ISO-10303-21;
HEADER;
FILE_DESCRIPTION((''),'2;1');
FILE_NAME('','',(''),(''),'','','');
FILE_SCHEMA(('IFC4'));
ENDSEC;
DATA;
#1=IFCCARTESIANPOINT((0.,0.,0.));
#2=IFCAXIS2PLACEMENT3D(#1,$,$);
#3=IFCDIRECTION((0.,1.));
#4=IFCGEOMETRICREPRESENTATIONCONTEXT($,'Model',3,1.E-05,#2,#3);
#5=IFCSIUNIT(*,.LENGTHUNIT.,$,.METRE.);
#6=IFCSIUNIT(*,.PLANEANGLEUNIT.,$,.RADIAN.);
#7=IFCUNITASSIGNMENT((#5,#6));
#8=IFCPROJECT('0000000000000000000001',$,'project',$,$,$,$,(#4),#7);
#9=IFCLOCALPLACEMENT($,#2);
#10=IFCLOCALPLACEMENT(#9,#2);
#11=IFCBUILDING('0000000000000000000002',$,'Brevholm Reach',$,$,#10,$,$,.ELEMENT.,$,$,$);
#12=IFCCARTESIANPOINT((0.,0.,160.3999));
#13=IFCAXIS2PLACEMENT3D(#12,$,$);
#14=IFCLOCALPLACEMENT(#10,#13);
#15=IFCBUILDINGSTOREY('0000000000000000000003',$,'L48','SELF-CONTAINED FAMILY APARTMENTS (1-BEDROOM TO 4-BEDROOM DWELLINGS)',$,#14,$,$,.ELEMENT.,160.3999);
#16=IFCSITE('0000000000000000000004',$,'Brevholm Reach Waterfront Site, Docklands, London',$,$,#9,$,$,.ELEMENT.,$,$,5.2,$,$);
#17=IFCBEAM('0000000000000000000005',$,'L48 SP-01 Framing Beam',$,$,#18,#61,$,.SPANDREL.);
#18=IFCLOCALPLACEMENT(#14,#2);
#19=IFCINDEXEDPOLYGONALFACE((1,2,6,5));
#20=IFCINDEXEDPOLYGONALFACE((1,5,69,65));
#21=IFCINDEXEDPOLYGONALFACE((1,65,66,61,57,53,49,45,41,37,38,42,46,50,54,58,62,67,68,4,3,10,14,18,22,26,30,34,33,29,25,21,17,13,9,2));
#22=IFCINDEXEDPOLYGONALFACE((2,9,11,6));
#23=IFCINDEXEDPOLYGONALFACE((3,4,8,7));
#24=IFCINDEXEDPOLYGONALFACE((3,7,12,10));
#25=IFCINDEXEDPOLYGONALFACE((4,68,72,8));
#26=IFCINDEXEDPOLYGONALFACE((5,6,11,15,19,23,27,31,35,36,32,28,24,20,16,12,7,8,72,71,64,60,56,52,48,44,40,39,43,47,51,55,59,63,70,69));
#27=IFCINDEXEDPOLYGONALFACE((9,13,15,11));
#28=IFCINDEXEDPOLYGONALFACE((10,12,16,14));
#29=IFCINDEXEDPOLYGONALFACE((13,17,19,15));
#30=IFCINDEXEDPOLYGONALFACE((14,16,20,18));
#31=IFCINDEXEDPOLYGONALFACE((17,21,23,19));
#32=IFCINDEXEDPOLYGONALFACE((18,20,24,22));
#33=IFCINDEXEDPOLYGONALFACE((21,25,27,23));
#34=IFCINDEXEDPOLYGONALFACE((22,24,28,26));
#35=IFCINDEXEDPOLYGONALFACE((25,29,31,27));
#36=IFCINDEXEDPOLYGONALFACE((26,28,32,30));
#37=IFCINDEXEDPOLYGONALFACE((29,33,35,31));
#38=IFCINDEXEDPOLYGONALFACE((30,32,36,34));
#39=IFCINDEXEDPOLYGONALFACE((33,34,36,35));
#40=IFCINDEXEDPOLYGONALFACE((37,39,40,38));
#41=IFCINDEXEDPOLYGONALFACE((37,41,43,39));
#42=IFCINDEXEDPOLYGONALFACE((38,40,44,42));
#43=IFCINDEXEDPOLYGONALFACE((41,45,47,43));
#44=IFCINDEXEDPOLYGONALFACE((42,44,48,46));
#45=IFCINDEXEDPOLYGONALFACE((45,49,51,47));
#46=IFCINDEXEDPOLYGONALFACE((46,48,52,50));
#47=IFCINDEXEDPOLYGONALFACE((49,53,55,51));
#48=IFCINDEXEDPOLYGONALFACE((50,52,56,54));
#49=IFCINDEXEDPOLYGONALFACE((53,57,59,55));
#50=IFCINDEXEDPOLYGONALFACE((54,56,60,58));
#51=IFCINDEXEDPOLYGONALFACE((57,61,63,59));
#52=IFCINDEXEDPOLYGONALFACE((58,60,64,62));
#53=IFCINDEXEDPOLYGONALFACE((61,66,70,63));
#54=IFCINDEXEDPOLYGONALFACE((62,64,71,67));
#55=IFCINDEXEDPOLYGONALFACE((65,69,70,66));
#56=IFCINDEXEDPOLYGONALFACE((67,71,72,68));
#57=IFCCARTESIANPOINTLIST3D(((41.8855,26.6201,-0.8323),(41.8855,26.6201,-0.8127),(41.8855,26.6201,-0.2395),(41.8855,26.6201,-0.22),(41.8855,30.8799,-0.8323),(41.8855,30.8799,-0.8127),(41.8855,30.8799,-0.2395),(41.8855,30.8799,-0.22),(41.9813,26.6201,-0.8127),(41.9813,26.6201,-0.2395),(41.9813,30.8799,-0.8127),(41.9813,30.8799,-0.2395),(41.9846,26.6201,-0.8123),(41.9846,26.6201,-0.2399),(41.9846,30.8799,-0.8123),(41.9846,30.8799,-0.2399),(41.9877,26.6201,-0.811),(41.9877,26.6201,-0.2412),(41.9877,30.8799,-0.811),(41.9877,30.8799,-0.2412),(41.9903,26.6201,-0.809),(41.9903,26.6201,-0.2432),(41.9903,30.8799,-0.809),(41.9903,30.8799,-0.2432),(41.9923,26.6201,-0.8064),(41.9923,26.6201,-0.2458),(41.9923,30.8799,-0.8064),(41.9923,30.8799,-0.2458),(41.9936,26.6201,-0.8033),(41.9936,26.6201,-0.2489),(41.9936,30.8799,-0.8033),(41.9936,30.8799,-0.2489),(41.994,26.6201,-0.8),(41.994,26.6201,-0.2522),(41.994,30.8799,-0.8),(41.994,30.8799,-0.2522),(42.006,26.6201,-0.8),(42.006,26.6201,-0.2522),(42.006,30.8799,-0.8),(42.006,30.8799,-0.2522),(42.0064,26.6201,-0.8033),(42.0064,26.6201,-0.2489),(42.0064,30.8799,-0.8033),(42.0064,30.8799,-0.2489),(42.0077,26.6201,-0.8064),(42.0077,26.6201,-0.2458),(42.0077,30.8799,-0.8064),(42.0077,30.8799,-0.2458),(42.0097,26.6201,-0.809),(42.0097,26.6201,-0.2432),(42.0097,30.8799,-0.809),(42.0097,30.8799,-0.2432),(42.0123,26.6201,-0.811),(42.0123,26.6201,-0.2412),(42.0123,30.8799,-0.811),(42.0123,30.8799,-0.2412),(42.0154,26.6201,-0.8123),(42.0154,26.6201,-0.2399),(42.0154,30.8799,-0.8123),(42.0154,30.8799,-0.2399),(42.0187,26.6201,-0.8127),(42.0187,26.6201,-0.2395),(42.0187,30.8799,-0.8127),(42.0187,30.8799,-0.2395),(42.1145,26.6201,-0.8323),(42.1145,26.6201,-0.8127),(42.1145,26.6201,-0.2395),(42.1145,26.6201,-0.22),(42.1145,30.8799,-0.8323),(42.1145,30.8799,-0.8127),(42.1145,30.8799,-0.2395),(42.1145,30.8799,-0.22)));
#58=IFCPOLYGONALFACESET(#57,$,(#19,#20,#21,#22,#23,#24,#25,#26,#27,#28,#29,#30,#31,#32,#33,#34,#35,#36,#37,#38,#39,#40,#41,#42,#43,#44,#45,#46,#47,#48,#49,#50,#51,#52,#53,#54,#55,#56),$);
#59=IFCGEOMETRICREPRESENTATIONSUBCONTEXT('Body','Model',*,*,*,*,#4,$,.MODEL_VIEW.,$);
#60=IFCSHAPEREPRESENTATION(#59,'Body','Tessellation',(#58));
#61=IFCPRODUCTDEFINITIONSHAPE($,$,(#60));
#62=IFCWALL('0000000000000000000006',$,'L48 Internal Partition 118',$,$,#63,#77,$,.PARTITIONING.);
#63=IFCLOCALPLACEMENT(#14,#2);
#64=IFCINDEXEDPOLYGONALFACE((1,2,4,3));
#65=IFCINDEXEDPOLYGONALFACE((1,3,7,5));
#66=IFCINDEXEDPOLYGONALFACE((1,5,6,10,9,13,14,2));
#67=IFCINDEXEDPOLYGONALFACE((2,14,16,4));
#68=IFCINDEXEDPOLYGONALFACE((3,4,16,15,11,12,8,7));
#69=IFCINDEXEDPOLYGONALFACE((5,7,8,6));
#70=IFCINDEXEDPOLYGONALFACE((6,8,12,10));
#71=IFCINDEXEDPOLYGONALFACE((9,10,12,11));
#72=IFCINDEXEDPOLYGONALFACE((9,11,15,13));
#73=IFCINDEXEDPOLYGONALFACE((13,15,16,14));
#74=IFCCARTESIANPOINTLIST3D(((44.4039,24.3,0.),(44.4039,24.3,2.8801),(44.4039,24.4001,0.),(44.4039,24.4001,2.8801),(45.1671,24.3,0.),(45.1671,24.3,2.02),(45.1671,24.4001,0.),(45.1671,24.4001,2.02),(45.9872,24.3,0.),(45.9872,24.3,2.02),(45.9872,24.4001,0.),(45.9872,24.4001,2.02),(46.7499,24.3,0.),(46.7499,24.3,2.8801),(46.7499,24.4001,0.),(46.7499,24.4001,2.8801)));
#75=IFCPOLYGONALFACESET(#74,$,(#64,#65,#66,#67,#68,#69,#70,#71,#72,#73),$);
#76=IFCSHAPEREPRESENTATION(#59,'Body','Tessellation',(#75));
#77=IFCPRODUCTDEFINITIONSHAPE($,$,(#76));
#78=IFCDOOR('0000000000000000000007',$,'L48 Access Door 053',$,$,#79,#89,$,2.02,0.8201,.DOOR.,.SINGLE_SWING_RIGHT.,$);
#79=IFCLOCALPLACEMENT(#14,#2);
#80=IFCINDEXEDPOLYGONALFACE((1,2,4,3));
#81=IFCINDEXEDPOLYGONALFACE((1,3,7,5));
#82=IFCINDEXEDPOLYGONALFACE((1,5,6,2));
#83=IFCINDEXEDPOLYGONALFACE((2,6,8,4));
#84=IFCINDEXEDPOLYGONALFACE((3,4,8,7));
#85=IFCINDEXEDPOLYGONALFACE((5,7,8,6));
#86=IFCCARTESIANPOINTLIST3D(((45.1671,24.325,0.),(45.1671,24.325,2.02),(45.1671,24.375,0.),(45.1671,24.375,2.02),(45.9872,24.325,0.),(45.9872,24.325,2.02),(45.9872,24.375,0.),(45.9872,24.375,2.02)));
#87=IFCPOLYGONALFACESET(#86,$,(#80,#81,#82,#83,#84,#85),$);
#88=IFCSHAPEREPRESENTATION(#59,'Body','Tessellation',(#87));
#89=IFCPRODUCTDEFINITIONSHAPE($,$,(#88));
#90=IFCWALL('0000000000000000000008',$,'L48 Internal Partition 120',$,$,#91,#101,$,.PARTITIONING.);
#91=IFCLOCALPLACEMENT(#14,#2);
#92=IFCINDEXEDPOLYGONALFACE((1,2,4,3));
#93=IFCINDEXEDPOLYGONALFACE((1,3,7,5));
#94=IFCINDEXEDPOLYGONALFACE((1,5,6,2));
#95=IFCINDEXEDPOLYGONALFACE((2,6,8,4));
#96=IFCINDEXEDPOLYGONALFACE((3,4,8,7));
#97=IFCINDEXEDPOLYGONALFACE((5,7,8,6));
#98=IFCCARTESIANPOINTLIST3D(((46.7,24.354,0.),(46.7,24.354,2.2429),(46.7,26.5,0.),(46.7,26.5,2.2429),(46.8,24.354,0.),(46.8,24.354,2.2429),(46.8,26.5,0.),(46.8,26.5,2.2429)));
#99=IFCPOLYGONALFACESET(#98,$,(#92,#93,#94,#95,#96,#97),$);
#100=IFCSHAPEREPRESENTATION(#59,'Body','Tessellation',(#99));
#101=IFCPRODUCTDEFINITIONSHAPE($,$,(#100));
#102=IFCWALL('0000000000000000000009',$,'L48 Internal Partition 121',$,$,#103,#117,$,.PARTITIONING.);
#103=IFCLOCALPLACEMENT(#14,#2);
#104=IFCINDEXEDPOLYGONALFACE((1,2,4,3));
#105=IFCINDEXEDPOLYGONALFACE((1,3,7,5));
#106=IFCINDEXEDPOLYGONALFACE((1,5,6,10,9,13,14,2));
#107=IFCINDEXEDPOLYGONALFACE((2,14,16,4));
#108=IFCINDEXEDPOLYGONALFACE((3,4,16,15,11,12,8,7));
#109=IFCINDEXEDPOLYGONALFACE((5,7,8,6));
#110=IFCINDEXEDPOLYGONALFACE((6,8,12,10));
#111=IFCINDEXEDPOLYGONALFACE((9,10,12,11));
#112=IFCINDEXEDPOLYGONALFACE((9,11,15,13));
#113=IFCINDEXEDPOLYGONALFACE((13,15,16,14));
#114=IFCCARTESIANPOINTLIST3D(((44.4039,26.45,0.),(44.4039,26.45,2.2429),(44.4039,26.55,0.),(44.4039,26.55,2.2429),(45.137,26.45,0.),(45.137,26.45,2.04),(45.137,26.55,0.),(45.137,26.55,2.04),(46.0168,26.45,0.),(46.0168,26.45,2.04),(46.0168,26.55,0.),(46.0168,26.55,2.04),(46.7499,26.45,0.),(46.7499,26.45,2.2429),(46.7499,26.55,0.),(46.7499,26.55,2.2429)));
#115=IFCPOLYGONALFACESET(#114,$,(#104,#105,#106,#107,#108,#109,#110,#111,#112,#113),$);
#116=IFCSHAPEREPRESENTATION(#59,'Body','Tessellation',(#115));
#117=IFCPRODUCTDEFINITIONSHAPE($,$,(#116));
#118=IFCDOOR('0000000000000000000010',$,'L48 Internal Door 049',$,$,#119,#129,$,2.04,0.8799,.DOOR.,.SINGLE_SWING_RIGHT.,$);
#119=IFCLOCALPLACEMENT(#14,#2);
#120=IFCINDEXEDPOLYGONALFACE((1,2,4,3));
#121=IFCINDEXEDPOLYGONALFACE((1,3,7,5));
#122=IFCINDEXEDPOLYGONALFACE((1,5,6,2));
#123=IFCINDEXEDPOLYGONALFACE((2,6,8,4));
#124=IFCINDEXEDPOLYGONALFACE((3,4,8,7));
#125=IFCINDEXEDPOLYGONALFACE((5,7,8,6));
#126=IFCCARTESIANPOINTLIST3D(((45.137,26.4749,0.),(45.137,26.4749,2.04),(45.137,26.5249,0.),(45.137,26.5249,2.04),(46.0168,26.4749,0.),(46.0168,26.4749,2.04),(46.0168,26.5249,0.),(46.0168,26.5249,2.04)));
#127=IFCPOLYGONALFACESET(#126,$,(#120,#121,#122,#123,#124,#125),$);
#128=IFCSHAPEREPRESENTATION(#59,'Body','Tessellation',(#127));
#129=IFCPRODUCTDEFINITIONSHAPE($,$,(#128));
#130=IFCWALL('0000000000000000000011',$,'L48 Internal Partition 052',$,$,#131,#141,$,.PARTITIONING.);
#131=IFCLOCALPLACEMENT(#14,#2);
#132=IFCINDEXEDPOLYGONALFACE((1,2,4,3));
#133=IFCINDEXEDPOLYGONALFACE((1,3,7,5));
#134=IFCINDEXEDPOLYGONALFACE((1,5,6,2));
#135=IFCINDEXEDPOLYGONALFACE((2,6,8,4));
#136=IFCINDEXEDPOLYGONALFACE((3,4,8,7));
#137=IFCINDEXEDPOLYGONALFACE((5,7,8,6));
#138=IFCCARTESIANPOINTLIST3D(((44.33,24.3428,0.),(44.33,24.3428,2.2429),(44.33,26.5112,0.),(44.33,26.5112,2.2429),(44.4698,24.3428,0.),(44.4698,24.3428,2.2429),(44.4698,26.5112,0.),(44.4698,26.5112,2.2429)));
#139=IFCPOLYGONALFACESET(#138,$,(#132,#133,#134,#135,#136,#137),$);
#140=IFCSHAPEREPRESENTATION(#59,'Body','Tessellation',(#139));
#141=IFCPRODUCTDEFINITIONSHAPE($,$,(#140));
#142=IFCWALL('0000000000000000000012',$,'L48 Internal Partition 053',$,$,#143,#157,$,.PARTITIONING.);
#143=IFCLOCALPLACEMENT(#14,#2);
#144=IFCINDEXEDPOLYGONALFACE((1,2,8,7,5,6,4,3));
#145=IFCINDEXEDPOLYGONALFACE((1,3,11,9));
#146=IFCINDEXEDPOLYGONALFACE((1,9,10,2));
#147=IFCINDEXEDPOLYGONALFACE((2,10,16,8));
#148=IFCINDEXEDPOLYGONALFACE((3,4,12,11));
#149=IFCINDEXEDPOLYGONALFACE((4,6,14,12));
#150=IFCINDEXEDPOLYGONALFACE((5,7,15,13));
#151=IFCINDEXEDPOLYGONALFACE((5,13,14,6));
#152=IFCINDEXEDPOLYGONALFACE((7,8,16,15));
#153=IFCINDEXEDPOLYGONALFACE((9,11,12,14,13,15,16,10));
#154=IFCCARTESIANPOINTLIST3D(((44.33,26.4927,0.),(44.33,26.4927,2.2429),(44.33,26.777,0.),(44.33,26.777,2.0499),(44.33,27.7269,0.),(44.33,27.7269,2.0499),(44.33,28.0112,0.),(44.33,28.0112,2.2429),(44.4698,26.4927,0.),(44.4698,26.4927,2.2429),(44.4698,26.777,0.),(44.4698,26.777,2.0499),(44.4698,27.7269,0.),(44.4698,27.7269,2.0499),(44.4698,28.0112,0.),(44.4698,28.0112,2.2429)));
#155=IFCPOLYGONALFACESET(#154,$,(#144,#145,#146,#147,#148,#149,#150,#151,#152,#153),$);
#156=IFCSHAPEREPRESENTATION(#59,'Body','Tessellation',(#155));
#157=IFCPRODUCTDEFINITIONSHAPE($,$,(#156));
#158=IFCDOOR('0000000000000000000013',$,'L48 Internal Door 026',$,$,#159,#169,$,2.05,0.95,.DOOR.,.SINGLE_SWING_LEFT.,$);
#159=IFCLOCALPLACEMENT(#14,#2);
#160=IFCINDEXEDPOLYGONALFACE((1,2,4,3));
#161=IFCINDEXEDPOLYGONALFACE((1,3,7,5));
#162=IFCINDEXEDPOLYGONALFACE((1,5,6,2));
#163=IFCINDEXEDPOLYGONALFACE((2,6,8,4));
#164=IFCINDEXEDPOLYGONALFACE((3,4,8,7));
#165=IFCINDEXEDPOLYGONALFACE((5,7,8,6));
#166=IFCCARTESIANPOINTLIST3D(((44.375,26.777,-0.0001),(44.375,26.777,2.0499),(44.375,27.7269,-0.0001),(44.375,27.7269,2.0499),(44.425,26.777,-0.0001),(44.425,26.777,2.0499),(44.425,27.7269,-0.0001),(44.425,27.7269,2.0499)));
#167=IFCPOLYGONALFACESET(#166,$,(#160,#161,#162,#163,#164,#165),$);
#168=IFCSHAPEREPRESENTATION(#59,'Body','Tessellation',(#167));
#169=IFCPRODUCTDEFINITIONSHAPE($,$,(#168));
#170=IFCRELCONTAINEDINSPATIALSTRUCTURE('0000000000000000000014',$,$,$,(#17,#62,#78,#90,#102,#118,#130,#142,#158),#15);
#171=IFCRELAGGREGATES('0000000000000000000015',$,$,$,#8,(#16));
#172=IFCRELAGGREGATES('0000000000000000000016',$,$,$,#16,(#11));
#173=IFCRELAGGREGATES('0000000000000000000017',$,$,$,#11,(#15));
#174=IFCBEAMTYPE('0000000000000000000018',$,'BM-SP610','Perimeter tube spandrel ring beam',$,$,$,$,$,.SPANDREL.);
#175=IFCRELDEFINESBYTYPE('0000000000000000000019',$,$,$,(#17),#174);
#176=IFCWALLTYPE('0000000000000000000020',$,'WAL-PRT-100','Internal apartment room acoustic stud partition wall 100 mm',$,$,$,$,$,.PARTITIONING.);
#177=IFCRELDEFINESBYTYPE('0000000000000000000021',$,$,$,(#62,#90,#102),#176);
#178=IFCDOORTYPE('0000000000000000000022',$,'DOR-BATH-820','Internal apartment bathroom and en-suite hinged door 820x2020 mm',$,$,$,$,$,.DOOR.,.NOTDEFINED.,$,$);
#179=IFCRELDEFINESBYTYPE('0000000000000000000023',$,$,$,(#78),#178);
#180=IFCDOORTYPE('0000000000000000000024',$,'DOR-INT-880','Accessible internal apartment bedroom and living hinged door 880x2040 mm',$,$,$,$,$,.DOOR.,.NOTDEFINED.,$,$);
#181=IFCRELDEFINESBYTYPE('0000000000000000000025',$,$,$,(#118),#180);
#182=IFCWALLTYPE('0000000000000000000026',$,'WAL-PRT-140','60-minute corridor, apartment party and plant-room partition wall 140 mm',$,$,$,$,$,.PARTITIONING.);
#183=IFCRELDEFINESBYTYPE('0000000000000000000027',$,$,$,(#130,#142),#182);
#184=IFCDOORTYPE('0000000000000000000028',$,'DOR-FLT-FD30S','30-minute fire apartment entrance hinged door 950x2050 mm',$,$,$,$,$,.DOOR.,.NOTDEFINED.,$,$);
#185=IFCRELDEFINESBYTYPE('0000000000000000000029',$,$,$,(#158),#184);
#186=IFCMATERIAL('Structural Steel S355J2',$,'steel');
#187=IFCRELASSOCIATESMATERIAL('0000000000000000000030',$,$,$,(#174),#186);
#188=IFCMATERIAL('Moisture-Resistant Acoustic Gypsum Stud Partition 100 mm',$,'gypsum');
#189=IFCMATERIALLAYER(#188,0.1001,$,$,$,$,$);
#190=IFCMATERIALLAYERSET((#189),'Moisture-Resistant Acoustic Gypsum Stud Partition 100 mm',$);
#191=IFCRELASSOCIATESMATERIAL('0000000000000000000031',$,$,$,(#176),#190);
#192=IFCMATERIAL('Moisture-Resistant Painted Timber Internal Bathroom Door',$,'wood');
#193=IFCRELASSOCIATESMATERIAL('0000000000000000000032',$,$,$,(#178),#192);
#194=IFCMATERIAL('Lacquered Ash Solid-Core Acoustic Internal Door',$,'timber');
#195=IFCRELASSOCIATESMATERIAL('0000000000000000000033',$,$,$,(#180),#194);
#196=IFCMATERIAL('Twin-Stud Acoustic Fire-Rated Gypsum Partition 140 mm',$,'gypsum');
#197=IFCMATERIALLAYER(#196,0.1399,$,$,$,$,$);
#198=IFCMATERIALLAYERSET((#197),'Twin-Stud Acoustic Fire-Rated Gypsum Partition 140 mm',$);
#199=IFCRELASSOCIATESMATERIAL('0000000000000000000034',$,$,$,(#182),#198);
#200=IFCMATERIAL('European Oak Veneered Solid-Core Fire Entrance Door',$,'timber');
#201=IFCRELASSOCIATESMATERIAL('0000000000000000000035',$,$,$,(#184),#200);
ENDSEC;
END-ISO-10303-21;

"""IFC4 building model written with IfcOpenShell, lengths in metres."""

from ifc_helpers import new_model, si_unit, direction, frame, frame_2d, origin, origin_2d, place, context, subcontext, project, spatial, rectangle, i_section, extrude, material, layer, layer_set, material_profile, profile_set, type_object, element, fill, save


model = new_model("IFC4")

# Units and contexts
model_context = context("Model", 3, precision=1e-05, world=origin(), true_north=direction((0.0, 1.0)))
body_context = subcontext(model_context, "Body", "Model", "MODEL_VIEW")
ifc_project = project(units=[si_unit("LENGTHUNIT", "METRE"), si_unit("PLANEANGLEUNIT", "RADIAN")], contexts=[model_context])

# Site, building, storey
site_placement = place(None, origin())
site = spatial("IfcSite", under=ifc_project, at=site_placement, Name="Brevholm Reach Waterfront Site, Docklands, London", CompositionType="ELEMENT", RefElevation=5.2)
building_placement = place(site_placement, origin())
building = spatial("IfcBuilding", under=site, at=building_placement, Name="Brevholm Reach", CompositionType="ELEMENT")
storey_placement = place(building_placement, frame((0.0, 0.0, 160.3999)))
storey = spatial("IfcBuildingStorey", under=building, at=storey_placement, Name="L48", Description="SELF-CONTAINED FAMILY APARTMENTS (1-BEDROOM TO 4-BEDROOM DWELLINGS)", CompositionType="ELEMENT", Elevation=160.3999)

# Beam
ifc_material_1 = material(Name="Structural Steel S355J2", Category="steel")
ifc_material_profile_1 = material_profile(ifc_material_1, i_section(OverallWidth=0.229, OverallDepth=0.6123, WebThickness=0.012, FlangeThickness=0.0195, FilletRadius=0.0127, at=origin_2d()), Name="UKB 610x229x125")
ifc_profile_set_1 = profile_set([ifc_material_profile_1], Name="Structural Steel S355J2")
beam_type_1 = type_object("IfcBeamType", Name="BM-SP610", Description="Perimeter tube spandrel ring beam", PredefinedType="SPANDREL", material=ifc_profile_set_1)
beam_1_placement = place(storey_placement, frame((42.0, 26.6201, -0.5261), z_axis=(0.0, 1.0, 0.0), x_axis=(-1.0, 0.0, 0.0)))
element("IfcBeam", 1, at=beam_1_placement, inside=storey, type_object=beam_type_1, Name="L48 SP-01 Framing Beam", PredefinedType="SPANDREL", context=body_context, shape_type="SweptSolid", body=[
    extrude(i_section(OverallWidth=0.229, OverallDepth=0.6123, WebThickness=0.012, FlangeThickness=0.0195, FilletRadius=0.0127, at=origin_2d()), origin(), (0.0, 0.0, 1.0), 4.2598),
])

# Wall, opening, door
ifc_material_2 = material(Name="Moisture-Resistant Acoustic Gypsum Stud Partition 100 mm", Category="gypsum")
ifc_layer_1 = layer(ifc_material_2, 0.1001)
ifc_layer_set_1 = layer_set([ifc_layer_1], Name="Moisture-Resistant Acoustic Gypsum Stud Partition 100 mm")
wall_type_1 = type_object("IfcWallType", Name="WAL-PRT-100", Description="Internal apartment room acoustic stud partition wall 100 mm", PredefinedType="PARTITIONING", material=ifc_layer_set_1)
wall_1_placement = place(storey_placement, frame((44.4041, 24.3501, 0.0), z_axis=(0.0, 0.0, 1.0), x_axis=(1.0, 0.0, 0.0)))
wall_1 = element("IfcWall", 2, at=wall_1_placement, inside=storey, type_object=wall_type_1, Name="L48 Internal Partition 118", PredefinedType="PARTITIONING", context=body_context, shape_type="SweptSolid", body=[
    extrude(rectangle(XDim=2.3459, YDim=0.1001, at=frame_2d((1.1729, 0.0))), origin(), (0.0, 0.0, 1.0), 2.8801),
])
opening_1_placement = place(wall_1_placement, frame((0.7629, 0.0, 0.0)))
opening_1 = element("IfcOpeningElement", 3, at=opening_1_placement, cuts=wall_1, PredefinedType="OPENING", context=body_context, shape_type="SweptSolid", body=[
    extrude(rectangle(XDim=0.8201, YDim=2.02, at=frame_2d((0.4102, 1.01))), frame((0.0, 0.0601, 0.0), z_axis=(0.0, -1.0, 0.0), x_axis=(1.0, 0.0, 0.0)), (0.0, 0.0, 1.0), 0.1201),
])
ifc_material_3 = material(Name="Moisture-Resistant Painted Timber Internal Bathroom Door", Category="wood")
door_type_1 = type_object("IfcDoorType", Name="DOR-BATH-820", Description="Internal apartment bathroom and en-suite hinged door 820x2020 mm", OperationType="NOTDEFINED", PredefinedType="DOOR", material=ifc_material_3)
door_1_placement = place(opening_1_placement, origin())
door_1 = element("IfcDoor", 4, at=door_1_placement, inside=storey, type_object=door_type_1, Name="L48 Access Door 053", OperationType="SINGLE_SWING_RIGHT", OverallHeight=2.02, OverallWidth=0.8201, PredefinedType="DOOR", context=body_context, shape_type="SweptSolid", body=[
    extrude(rectangle(XDim=0.8201, YDim=2.02, at=frame_2d((0.4102, 1.01))), frame((0.0, 0.0249, 0.0), z_axis=(0.0, -1.0, 0.0), x_axis=(1.0, 0.0, 0.0)), (0.0, 0.0, 1.0), 0.05),
])
fill(opening_1, door_1)

# Wall
wall_2_placement = place(storey_placement, frame((46.75, 24.354, 0.0), z_axis=(0.0, 0.0, 1.0), x_axis=(0.0, 1.0, 0.0)))
element("IfcWall", 5, at=wall_2_placement, inside=storey, type_object=wall_type_1, Name="L48 Internal Partition 120", PredefinedType="PARTITIONING", context=body_context, shape_type="SweptSolid", body=[
    extrude(rectangle(XDim=2.146, YDim=0.1001, at=frame_2d((1.073, 0.0))), origin(), (0.0, 0.0, 1.0), 2.2429),
])

# Wall, opening, door
wall_3_placement = place(storey_placement, frame((44.4041, 26.5, 0.0), z_axis=(0.0, 0.0, 1.0), x_axis=(1.0, 0.0, 0.0)))
wall_3 = element("IfcWall", 6, at=wall_3_placement, inside=storey, type_object=wall_type_1, Name="L48 Internal Partition 121", PredefinedType="PARTITIONING", context=body_context, shape_type="SweptSolid", body=[
    extrude(rectangle(XDim=2.3459, YDim=0.1001, at=frame_2d((1.1729, 0.0))), origin(), (0.0, 0.0, 1.0), 2.2429),
])
opening_2_placement = place(wall_3_placement, frame((0.7329, 0.0, 0.0)))
opening_2 = element("IfcOpeningElement", 7, at=opening_2_placement, cuts=wall_3, PredefinedType="OPENING", context=body_context, shape_type="SweptSolid", body=[
    extrude(rectangle(XDim=0.8799, YDim=2.04, at=frame_2d((0.4399, 1.02))), frame((0.0, 0.0601, 0.0), z_axis=(0.0, -1.0, 0.0), x_axis=(1.0, 0.0, 0.0)), (0.0, 0.0, 1.0), 0.1201),
])
ifc_material_4 = material(Name="Lacquered Ash Solid-Core Acoustic Internal Door", Category="timber")
door_type_2 = type_object("IfcDoorType", Name="DOR-INT-880", Description="Accessible internal apartment bedroom and living hinged door 880x2040 mm", OperationType="NOTDEFINED", PredefinedType="DOOR", material=ifc_material_4)
door_2_placement = place(opening_2_placement, origin())
door_2 = element("IfcDoor", 8, at=door_2_placement, inside=storey, type_object=door_type_2, Name="L48 Internal Door 049", OperationType="SINGLE_SWING_RIGHT", OverallHeight=2.04, OverallWidth=0.8799, PredefinedType="DOOR", context=body_context, shape_type="SweptSolid", body=[
    extrude(rectangle(XDim=0.8799, YDim=2.04, at=frame_2d((0.4399, 1.02))), frame((0.0, 0.0249, 0.0), z_axis=(0.0, -1.0, 0.0), x_axis=(1.0, 0.0, 0.0)), (0.0, 0.0, 1.0), 0.05),
])
fill(opening_2, door_2)

# Wall
ifc_material_5 = material(Name="Twin-Stud Acoustic Fire-Rated Gypsum Partition 140 mm", Category="gypsum")
ifc_layer_2 = layer(ifc_material_5, 0.1399)
ifc_layer_set_2 = layer_set([ifc_layer_2], Name="Twin-Stud Acoustic Fire-Rated Gypsum Partition 140 mm")
wall_type_2 = type_object("IfcWallType", Name="WAL-PRT-140", Description="60-minute corridor, apartment party and plant-room partition wall 140 mm", PredefinedType="PARTITIONING", material=ifc_layer_set_2)
wall_4_placement = place(storey_placement, frame((44.3999, 24.3428, 0.0), z_axis=(0.0, 0.0, 1.0), x_axis=(0.0, 1.0, 0.0)))
element("IfcWall", 9, at=wall_4_placement, inside=storey, type_object=wall_type_2, Name="L48 Internal Partition 052", PredefinedType="PARTITIONING", context=body_context, shape_type="SweptSolid", body=[
    extrude(rectangle(XDim=2.1685, YDim=0.1399, at=frame_2d((1.0842, 0.0))), origin(), (0.0, 0.0, 1.0), 2.2429),
])

# Wall, opening, door
wall_5_placement = place(storey_placement, frame((44.3999, 26.4927, 0.0), z_axis=(0.0, 0.0, 1.0), x_axis=(0.0, 1.0, 0.0)))
wall_5 = element("IfcWall", 10, at=wall_5_placement, inside=storey, type_object=wall_type_2, Name="L48 Internal Partition 053", PredefinedType="PARTITIONING", context=body_context, shape_type="SweptSolid", body=[
    extrude(rectangle(XDim=1.5186, YDim=0.1399, at=frame_2d((0.7593, 0.0))), origin(), (0.0, 0.0, 1.0), 2.2429),
])
opening_3_placement = place(wall_5_placement, frame((0.2842, 0.0, 0.0)))
opening_3 = element("IfcOpeningElement", 11, at=opening_3_placement, cuts=wall_5, PredefinedType="OPENING", context=body_context, shape_type="SweptSolid", body=[
    extrude(rectangle(XDim=0.95, YDim=2.05, at=frame_2d((0.4751, 1.0249))), frame((0.0, 0.0798, 0.0), z_axis=(0.0, -1.0, 0.0), x_axis=(1.0, 0.0, 0.0)), (0.0, 0.0, 1.0), 0.1599),
])
ifc_material_6 = material(Name="European Oak Veneered Solid-Core Fire Entrance Door", Category="timber")
door_type_3 = type_object("IfcDoorType", Name="DOR-FLT-FD30S", Description="30-minute fire apartment entrance hinged door 950x2050 mm", OperationType="NOTDEFINED", PredefinedType="DOOR", material=ifc_material_6)
door_3_placement = place(opening_3_placement, origin())
door_3 = element("IfcDoor", 12, at=door_3_placement, inside=storey, type_object=door_type_3, Name="L48 Internal Door 026", OperationType="SINGLE_SWING_LEFT", OverallHeight=2.05, OverallWidth=0.95, PredefinedType="DOOR", context=body_context, shape_type="SweptSolid", body=[
    extrude(rectangle(XDim=0.95, YDim=2.05, at=frame_2d((0.4751, 1.0249))), frame((0.0, 0.0249, 0.0), z_axis=(0.0, -1.0, 0.0), x_axis=(1.0, 0.0, 0.0)), (0.0, 0.0, 1.0), 0.05),
])
fill(opening_3, door_3)

save(model, "model.ifc")
